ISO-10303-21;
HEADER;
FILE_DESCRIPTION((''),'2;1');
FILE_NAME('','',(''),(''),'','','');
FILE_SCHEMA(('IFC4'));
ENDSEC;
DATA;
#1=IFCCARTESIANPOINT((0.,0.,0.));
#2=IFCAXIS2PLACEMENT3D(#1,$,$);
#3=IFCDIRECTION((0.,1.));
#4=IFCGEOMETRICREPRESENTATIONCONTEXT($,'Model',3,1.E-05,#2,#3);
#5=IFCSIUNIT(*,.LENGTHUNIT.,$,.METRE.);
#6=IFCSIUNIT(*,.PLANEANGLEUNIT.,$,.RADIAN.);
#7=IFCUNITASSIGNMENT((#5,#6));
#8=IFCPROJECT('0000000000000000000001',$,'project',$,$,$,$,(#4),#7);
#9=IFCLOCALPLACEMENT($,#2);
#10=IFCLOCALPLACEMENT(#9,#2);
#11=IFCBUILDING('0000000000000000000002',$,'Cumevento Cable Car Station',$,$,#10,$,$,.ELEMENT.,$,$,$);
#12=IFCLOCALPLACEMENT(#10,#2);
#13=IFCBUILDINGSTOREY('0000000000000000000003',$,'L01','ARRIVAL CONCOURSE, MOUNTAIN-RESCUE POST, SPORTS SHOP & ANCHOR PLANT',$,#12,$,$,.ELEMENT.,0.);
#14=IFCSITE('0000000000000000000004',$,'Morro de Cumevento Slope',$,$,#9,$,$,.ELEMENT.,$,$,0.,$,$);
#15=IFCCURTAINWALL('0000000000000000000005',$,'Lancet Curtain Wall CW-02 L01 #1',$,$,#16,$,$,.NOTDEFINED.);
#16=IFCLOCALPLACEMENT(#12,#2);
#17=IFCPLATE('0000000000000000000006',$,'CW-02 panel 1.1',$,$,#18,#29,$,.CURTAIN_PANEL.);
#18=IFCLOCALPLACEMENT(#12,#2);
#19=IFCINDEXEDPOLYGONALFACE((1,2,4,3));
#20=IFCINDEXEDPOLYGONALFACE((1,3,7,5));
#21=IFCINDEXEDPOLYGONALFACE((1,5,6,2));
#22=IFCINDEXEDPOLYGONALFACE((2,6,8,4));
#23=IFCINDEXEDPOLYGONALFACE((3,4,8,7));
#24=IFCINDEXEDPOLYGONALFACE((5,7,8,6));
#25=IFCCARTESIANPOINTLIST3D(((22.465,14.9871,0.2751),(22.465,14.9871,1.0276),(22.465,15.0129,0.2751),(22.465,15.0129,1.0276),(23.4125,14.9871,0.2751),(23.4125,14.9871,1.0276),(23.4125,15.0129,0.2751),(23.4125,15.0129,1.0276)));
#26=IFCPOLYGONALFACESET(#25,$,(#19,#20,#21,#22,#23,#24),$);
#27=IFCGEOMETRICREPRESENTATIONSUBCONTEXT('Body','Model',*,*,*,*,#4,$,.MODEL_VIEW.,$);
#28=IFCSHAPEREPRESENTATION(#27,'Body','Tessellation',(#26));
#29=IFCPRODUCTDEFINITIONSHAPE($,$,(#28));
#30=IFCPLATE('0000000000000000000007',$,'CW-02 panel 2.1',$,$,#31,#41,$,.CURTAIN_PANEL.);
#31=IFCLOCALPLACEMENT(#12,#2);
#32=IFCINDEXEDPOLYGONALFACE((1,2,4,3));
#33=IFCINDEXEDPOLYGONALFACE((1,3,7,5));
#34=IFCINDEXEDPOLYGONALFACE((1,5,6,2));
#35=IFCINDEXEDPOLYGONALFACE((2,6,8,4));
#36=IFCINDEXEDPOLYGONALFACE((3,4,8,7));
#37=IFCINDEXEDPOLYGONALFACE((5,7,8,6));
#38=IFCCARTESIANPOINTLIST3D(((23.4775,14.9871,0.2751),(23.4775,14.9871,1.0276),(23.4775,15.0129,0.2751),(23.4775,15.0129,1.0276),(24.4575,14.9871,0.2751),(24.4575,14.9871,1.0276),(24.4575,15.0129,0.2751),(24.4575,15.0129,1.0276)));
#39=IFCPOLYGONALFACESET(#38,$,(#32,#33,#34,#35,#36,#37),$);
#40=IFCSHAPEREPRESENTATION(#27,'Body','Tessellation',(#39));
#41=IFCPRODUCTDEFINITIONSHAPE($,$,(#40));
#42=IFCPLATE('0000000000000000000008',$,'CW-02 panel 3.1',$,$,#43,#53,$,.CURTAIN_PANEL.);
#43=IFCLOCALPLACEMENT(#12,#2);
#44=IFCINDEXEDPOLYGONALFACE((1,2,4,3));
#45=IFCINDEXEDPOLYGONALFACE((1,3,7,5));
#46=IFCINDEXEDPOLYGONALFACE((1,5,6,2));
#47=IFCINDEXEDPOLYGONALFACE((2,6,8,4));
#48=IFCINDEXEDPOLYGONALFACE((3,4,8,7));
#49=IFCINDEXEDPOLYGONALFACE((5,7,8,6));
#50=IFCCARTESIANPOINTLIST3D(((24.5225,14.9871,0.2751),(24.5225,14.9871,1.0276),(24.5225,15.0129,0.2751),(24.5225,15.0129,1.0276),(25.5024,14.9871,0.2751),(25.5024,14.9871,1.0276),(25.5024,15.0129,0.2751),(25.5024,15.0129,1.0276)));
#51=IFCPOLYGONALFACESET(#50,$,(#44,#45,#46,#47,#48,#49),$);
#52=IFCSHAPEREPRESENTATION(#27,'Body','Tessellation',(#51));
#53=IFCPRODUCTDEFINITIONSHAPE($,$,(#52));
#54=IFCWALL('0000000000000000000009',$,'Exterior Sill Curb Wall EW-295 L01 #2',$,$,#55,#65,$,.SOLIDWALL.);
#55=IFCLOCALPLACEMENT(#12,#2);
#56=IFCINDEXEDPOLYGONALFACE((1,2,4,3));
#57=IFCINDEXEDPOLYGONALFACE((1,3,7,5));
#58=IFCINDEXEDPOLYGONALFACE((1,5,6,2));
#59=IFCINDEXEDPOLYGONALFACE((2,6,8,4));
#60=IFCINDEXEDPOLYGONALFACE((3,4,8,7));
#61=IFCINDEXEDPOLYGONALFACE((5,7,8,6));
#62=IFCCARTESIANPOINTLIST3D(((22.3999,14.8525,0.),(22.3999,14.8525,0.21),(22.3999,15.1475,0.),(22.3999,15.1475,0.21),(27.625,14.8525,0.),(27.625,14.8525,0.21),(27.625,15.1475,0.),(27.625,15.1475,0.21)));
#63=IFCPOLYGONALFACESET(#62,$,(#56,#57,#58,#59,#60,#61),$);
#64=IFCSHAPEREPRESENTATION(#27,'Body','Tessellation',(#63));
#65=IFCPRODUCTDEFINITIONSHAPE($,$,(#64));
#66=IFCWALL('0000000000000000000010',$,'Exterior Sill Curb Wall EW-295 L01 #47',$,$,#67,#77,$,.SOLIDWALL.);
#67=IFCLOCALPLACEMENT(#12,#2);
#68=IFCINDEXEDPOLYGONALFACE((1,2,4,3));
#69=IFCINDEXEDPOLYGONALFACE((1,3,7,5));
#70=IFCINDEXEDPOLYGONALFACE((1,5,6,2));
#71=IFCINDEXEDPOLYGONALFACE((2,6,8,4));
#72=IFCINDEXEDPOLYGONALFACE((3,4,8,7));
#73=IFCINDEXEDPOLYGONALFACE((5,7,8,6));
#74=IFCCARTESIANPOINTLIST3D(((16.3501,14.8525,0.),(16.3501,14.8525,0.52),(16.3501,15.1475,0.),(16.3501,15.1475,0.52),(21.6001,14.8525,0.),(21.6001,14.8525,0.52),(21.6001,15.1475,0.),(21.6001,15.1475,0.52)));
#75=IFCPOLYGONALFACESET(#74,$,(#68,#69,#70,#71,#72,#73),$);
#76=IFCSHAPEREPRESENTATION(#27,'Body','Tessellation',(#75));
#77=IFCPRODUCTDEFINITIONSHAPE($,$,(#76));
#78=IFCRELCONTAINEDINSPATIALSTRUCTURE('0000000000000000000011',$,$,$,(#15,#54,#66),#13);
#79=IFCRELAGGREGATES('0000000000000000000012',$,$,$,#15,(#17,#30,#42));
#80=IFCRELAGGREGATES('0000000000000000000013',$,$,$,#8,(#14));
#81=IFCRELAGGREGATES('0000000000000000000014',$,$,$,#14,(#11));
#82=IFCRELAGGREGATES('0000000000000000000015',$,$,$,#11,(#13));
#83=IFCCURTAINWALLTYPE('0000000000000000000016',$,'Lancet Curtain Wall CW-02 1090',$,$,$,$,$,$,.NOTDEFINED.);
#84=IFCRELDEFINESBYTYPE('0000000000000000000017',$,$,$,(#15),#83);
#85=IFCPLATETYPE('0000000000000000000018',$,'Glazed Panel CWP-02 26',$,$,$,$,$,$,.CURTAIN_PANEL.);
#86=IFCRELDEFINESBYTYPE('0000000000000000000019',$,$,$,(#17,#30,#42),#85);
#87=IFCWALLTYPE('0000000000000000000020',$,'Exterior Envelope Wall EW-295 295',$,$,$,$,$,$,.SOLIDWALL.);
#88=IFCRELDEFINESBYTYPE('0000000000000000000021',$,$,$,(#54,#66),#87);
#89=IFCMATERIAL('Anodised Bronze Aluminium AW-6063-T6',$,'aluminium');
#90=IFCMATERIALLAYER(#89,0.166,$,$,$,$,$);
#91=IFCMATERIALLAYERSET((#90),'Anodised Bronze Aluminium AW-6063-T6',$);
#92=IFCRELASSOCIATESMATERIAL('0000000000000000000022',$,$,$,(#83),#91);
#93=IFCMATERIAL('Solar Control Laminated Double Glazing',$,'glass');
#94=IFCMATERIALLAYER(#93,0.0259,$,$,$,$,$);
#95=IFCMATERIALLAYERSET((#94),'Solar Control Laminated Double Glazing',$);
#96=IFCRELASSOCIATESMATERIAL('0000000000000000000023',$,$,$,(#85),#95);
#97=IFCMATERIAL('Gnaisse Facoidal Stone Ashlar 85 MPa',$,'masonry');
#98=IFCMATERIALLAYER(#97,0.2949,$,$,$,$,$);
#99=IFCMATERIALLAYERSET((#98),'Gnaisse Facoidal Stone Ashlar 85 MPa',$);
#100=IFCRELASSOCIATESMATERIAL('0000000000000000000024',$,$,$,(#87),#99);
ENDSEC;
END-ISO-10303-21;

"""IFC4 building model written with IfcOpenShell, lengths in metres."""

from ifc_helpers import new_model, si_unit, direction, frame, frame_2d, origin, origin_2d, place, context, subcontext, project, spatial, rectangle, extrude, material, layer, layer_set, type_object, element, aggregate, save


model = new_model("IFC4")

# Units and contexts
model_context = context("Model", 3, precision=1e-05, world=origin(), true_north=direction((0.0, 1.0)))
body_context = subcontext(model_context, "Body", "Model", "MODEL_VIEW")
ifc_project = project(units=[si_unit("LENGTHUNIT", "METRE"), si_unit("PLANEANGLEUNIT", "RADIAN")], contexts=[model_context])

# Site, building, storey
site_placement = place(None, origin())
site = spatial("IfcSite", under=ifc_project, at=site_placement, Name="Morro de Cumevento Slope", CompositionType="ELEMENT", RefElevation=0.0)
building_placement = place(site_placement, origin())
building = spatial("IfcBuilding", under=site, at=building_placement, Name="Cumevento Cable Car Station", CompositionType="ELEMENT")
storey_placement = place(building_placement, origin())
storey = spatial("IfcBuildingStorey", under=building, at=storey_placement, Name="L01", Description="ARRIVAL CONCOURSE, MOUNTAIN-RESCUE POST, SPORTS SHOP & ANCHOR PLANT", CompositionType="ELEMENT", Elevation=0.0)

# Curtain wall, plates
ifc_material_1 = material(Name="Anodised Bronze Aluminium AW-6063-T6", Category="aluminium")
ifc_layer_1 = layer(ifc_material_1, 0.166)
ifc_layer_set_1 = layer_set([ifc_layer_1], Name="Anodised Bronze Aluminium AW-6063-T6")
curtain_wall_type = type_object("IfcCurtainWallType", Name="Lancet Curtain Wall CW-02 1090", PredefinedType="NOTDEFINED", material=ifc_layer_set_1)
curtain_wall_placement = place(storey_placement, origin())
curtain_wall = element("IfcCurtainWall", 1, at=curtain_wall_placement, inside=storey, type_object=curtain_wall_type, Name="Lancet Curtain Wall CW-02 L01 #1", PredefinedType="NOTDEFINED")
ifc_material_2 = material(Name="Solar Control Laminated Double Glazing", Category="glass")
ifc_layer_2 = layer(ifc_material_2, 0.0259)
ifc_layer_set_2 = layer_set([ifc_layer_2], Name="Solar Control Laminated Double Glazing")
plate_type = type_object("IfcPlateType", Name="Glazed Panel CWP-02 26", PredefinedType="CURTAIN_PANEL", material=ifc_layer_set_2)
plate_1_placement = place(storey_placement, frame((22.9387, 15.0, 0.2751), z_axis=(0.0, 0.0, 1.0), x_axis=(1.0, 0.0, 0.0)))
plate_1 = element("IfcPlate", 2, at=plate_1_placement, type_object=plate_type, Name="CW-02 panel 1.1", PredefinedType="CURTAIN_PANEL", context=body_context, shape_type="SweptSolid", body=[
    extrude(rectangle(XDim=0.9475, YDim=0.0259, at=origin_2d()), origin(), (0.0, 0.0, 1.0), 0.7524),
])
plate_2_placement = place(storey_placement, frame((23.9675, 15.0, 0.2751), z_axis=(0.0, 0.0, 1.0), x_axis=(1.0, 0.0, 0.0)))
plate_2 = element("IfcPlate", 3, at=plate_2_placement, type_object=plate_type, Name="CW-02 panel 2.1", PredefinedType="CURTAIN_PANEL", context=body_context, shape_type="SweptSolid", body=[
    extrude(rectangle(XDim=0.98, YDim=0.0259, at=origin_2d()), origin(), (0.0, 0.0, 1.0), 0.7524),
])
plate_3_placement = place(storey_placement, frame((25.0125, 15.0, 0.2751), z_axis=(0.0, 0.0, 1.0), x_axis=(1.0, 0.0, 0.0)))
plate_3 = element("IfcPlate", 4, at=plate_3_placement, type_object=plate_type, Name="CW-02 panel 3.1", PredefinedType="CURTAIN_PANEL", context=body_context, shape_type="SweptSolid", body=[
    extrude(rectangle(XDim=0.98, YDim=0.0259, at=origin_2d()), origin(), (0.0, 0.0, 1.0), 0.7524),
])
aggregate(curtain_wall, [plate_1, plate_2, plate_3])

# Walls
ifc_material_3 = material(Name="Gnaisse Facoidal Stone Ashlar 85 MPa", Category="masonry")
ifc_layer_3 = layer(ifc_material_3, 0.2949)
ifc_layer_set_3 = layer_set([ifc_layer_3], Name="Gnaisse Facoidal Stone Ashlar 85 MPa")
wall_type = type_object("IfcWallType", Name="Exterior Envelope Wall EW-295 295", PredefinedType="SOLIDWALL", material=ifc_layer_set_3)
wall_1_placement = place(storey_placement, frame((22.3999, 15.0, 0.0), z_axis=(0.0, 0.0, 1.0), x_axis=(1.0, 0.0, 0.0)))
element("IfcWall", 5, at=wall_1_placement, inside=storey, type_object=wall_type, Name="Exterior Sill Curb Wall EW-295 L01 #2", PredefinedType="SOLIDWALL", context=body_context, shape_type="SweptSolid", body=[
    extrude(rectangle(XDim=5.2251, YDim=0.2949, at=frame_2d((2.6125, 0.0))), origin(), (0.0, 0.0, 1.0), 0.21),
])
wall_2_placement = place(storey_placement, frame((21.6001, 15.0, 0.0), z_axis=(0.0, 0.0, 1.0), x_axis=(-1.0, 0.0, 0.0)))
element("IfcWall", 6, at=wall_2_placement, inside=storey, type_object=wall_type, Name="Exterior Sill Curb Wall EW-295 L01 #47", PredefinedType="SOLIDWALL", context=body_context, shape_type="SweptSolid", body=[
    extrude(rectangle(XDim=5.25, YDim=0.2949, at=frame_2d((2.625, 0.0))), origin(), (0.0, 0.0, 1.0), 0.52),
])

save(model, "model.ifc")
